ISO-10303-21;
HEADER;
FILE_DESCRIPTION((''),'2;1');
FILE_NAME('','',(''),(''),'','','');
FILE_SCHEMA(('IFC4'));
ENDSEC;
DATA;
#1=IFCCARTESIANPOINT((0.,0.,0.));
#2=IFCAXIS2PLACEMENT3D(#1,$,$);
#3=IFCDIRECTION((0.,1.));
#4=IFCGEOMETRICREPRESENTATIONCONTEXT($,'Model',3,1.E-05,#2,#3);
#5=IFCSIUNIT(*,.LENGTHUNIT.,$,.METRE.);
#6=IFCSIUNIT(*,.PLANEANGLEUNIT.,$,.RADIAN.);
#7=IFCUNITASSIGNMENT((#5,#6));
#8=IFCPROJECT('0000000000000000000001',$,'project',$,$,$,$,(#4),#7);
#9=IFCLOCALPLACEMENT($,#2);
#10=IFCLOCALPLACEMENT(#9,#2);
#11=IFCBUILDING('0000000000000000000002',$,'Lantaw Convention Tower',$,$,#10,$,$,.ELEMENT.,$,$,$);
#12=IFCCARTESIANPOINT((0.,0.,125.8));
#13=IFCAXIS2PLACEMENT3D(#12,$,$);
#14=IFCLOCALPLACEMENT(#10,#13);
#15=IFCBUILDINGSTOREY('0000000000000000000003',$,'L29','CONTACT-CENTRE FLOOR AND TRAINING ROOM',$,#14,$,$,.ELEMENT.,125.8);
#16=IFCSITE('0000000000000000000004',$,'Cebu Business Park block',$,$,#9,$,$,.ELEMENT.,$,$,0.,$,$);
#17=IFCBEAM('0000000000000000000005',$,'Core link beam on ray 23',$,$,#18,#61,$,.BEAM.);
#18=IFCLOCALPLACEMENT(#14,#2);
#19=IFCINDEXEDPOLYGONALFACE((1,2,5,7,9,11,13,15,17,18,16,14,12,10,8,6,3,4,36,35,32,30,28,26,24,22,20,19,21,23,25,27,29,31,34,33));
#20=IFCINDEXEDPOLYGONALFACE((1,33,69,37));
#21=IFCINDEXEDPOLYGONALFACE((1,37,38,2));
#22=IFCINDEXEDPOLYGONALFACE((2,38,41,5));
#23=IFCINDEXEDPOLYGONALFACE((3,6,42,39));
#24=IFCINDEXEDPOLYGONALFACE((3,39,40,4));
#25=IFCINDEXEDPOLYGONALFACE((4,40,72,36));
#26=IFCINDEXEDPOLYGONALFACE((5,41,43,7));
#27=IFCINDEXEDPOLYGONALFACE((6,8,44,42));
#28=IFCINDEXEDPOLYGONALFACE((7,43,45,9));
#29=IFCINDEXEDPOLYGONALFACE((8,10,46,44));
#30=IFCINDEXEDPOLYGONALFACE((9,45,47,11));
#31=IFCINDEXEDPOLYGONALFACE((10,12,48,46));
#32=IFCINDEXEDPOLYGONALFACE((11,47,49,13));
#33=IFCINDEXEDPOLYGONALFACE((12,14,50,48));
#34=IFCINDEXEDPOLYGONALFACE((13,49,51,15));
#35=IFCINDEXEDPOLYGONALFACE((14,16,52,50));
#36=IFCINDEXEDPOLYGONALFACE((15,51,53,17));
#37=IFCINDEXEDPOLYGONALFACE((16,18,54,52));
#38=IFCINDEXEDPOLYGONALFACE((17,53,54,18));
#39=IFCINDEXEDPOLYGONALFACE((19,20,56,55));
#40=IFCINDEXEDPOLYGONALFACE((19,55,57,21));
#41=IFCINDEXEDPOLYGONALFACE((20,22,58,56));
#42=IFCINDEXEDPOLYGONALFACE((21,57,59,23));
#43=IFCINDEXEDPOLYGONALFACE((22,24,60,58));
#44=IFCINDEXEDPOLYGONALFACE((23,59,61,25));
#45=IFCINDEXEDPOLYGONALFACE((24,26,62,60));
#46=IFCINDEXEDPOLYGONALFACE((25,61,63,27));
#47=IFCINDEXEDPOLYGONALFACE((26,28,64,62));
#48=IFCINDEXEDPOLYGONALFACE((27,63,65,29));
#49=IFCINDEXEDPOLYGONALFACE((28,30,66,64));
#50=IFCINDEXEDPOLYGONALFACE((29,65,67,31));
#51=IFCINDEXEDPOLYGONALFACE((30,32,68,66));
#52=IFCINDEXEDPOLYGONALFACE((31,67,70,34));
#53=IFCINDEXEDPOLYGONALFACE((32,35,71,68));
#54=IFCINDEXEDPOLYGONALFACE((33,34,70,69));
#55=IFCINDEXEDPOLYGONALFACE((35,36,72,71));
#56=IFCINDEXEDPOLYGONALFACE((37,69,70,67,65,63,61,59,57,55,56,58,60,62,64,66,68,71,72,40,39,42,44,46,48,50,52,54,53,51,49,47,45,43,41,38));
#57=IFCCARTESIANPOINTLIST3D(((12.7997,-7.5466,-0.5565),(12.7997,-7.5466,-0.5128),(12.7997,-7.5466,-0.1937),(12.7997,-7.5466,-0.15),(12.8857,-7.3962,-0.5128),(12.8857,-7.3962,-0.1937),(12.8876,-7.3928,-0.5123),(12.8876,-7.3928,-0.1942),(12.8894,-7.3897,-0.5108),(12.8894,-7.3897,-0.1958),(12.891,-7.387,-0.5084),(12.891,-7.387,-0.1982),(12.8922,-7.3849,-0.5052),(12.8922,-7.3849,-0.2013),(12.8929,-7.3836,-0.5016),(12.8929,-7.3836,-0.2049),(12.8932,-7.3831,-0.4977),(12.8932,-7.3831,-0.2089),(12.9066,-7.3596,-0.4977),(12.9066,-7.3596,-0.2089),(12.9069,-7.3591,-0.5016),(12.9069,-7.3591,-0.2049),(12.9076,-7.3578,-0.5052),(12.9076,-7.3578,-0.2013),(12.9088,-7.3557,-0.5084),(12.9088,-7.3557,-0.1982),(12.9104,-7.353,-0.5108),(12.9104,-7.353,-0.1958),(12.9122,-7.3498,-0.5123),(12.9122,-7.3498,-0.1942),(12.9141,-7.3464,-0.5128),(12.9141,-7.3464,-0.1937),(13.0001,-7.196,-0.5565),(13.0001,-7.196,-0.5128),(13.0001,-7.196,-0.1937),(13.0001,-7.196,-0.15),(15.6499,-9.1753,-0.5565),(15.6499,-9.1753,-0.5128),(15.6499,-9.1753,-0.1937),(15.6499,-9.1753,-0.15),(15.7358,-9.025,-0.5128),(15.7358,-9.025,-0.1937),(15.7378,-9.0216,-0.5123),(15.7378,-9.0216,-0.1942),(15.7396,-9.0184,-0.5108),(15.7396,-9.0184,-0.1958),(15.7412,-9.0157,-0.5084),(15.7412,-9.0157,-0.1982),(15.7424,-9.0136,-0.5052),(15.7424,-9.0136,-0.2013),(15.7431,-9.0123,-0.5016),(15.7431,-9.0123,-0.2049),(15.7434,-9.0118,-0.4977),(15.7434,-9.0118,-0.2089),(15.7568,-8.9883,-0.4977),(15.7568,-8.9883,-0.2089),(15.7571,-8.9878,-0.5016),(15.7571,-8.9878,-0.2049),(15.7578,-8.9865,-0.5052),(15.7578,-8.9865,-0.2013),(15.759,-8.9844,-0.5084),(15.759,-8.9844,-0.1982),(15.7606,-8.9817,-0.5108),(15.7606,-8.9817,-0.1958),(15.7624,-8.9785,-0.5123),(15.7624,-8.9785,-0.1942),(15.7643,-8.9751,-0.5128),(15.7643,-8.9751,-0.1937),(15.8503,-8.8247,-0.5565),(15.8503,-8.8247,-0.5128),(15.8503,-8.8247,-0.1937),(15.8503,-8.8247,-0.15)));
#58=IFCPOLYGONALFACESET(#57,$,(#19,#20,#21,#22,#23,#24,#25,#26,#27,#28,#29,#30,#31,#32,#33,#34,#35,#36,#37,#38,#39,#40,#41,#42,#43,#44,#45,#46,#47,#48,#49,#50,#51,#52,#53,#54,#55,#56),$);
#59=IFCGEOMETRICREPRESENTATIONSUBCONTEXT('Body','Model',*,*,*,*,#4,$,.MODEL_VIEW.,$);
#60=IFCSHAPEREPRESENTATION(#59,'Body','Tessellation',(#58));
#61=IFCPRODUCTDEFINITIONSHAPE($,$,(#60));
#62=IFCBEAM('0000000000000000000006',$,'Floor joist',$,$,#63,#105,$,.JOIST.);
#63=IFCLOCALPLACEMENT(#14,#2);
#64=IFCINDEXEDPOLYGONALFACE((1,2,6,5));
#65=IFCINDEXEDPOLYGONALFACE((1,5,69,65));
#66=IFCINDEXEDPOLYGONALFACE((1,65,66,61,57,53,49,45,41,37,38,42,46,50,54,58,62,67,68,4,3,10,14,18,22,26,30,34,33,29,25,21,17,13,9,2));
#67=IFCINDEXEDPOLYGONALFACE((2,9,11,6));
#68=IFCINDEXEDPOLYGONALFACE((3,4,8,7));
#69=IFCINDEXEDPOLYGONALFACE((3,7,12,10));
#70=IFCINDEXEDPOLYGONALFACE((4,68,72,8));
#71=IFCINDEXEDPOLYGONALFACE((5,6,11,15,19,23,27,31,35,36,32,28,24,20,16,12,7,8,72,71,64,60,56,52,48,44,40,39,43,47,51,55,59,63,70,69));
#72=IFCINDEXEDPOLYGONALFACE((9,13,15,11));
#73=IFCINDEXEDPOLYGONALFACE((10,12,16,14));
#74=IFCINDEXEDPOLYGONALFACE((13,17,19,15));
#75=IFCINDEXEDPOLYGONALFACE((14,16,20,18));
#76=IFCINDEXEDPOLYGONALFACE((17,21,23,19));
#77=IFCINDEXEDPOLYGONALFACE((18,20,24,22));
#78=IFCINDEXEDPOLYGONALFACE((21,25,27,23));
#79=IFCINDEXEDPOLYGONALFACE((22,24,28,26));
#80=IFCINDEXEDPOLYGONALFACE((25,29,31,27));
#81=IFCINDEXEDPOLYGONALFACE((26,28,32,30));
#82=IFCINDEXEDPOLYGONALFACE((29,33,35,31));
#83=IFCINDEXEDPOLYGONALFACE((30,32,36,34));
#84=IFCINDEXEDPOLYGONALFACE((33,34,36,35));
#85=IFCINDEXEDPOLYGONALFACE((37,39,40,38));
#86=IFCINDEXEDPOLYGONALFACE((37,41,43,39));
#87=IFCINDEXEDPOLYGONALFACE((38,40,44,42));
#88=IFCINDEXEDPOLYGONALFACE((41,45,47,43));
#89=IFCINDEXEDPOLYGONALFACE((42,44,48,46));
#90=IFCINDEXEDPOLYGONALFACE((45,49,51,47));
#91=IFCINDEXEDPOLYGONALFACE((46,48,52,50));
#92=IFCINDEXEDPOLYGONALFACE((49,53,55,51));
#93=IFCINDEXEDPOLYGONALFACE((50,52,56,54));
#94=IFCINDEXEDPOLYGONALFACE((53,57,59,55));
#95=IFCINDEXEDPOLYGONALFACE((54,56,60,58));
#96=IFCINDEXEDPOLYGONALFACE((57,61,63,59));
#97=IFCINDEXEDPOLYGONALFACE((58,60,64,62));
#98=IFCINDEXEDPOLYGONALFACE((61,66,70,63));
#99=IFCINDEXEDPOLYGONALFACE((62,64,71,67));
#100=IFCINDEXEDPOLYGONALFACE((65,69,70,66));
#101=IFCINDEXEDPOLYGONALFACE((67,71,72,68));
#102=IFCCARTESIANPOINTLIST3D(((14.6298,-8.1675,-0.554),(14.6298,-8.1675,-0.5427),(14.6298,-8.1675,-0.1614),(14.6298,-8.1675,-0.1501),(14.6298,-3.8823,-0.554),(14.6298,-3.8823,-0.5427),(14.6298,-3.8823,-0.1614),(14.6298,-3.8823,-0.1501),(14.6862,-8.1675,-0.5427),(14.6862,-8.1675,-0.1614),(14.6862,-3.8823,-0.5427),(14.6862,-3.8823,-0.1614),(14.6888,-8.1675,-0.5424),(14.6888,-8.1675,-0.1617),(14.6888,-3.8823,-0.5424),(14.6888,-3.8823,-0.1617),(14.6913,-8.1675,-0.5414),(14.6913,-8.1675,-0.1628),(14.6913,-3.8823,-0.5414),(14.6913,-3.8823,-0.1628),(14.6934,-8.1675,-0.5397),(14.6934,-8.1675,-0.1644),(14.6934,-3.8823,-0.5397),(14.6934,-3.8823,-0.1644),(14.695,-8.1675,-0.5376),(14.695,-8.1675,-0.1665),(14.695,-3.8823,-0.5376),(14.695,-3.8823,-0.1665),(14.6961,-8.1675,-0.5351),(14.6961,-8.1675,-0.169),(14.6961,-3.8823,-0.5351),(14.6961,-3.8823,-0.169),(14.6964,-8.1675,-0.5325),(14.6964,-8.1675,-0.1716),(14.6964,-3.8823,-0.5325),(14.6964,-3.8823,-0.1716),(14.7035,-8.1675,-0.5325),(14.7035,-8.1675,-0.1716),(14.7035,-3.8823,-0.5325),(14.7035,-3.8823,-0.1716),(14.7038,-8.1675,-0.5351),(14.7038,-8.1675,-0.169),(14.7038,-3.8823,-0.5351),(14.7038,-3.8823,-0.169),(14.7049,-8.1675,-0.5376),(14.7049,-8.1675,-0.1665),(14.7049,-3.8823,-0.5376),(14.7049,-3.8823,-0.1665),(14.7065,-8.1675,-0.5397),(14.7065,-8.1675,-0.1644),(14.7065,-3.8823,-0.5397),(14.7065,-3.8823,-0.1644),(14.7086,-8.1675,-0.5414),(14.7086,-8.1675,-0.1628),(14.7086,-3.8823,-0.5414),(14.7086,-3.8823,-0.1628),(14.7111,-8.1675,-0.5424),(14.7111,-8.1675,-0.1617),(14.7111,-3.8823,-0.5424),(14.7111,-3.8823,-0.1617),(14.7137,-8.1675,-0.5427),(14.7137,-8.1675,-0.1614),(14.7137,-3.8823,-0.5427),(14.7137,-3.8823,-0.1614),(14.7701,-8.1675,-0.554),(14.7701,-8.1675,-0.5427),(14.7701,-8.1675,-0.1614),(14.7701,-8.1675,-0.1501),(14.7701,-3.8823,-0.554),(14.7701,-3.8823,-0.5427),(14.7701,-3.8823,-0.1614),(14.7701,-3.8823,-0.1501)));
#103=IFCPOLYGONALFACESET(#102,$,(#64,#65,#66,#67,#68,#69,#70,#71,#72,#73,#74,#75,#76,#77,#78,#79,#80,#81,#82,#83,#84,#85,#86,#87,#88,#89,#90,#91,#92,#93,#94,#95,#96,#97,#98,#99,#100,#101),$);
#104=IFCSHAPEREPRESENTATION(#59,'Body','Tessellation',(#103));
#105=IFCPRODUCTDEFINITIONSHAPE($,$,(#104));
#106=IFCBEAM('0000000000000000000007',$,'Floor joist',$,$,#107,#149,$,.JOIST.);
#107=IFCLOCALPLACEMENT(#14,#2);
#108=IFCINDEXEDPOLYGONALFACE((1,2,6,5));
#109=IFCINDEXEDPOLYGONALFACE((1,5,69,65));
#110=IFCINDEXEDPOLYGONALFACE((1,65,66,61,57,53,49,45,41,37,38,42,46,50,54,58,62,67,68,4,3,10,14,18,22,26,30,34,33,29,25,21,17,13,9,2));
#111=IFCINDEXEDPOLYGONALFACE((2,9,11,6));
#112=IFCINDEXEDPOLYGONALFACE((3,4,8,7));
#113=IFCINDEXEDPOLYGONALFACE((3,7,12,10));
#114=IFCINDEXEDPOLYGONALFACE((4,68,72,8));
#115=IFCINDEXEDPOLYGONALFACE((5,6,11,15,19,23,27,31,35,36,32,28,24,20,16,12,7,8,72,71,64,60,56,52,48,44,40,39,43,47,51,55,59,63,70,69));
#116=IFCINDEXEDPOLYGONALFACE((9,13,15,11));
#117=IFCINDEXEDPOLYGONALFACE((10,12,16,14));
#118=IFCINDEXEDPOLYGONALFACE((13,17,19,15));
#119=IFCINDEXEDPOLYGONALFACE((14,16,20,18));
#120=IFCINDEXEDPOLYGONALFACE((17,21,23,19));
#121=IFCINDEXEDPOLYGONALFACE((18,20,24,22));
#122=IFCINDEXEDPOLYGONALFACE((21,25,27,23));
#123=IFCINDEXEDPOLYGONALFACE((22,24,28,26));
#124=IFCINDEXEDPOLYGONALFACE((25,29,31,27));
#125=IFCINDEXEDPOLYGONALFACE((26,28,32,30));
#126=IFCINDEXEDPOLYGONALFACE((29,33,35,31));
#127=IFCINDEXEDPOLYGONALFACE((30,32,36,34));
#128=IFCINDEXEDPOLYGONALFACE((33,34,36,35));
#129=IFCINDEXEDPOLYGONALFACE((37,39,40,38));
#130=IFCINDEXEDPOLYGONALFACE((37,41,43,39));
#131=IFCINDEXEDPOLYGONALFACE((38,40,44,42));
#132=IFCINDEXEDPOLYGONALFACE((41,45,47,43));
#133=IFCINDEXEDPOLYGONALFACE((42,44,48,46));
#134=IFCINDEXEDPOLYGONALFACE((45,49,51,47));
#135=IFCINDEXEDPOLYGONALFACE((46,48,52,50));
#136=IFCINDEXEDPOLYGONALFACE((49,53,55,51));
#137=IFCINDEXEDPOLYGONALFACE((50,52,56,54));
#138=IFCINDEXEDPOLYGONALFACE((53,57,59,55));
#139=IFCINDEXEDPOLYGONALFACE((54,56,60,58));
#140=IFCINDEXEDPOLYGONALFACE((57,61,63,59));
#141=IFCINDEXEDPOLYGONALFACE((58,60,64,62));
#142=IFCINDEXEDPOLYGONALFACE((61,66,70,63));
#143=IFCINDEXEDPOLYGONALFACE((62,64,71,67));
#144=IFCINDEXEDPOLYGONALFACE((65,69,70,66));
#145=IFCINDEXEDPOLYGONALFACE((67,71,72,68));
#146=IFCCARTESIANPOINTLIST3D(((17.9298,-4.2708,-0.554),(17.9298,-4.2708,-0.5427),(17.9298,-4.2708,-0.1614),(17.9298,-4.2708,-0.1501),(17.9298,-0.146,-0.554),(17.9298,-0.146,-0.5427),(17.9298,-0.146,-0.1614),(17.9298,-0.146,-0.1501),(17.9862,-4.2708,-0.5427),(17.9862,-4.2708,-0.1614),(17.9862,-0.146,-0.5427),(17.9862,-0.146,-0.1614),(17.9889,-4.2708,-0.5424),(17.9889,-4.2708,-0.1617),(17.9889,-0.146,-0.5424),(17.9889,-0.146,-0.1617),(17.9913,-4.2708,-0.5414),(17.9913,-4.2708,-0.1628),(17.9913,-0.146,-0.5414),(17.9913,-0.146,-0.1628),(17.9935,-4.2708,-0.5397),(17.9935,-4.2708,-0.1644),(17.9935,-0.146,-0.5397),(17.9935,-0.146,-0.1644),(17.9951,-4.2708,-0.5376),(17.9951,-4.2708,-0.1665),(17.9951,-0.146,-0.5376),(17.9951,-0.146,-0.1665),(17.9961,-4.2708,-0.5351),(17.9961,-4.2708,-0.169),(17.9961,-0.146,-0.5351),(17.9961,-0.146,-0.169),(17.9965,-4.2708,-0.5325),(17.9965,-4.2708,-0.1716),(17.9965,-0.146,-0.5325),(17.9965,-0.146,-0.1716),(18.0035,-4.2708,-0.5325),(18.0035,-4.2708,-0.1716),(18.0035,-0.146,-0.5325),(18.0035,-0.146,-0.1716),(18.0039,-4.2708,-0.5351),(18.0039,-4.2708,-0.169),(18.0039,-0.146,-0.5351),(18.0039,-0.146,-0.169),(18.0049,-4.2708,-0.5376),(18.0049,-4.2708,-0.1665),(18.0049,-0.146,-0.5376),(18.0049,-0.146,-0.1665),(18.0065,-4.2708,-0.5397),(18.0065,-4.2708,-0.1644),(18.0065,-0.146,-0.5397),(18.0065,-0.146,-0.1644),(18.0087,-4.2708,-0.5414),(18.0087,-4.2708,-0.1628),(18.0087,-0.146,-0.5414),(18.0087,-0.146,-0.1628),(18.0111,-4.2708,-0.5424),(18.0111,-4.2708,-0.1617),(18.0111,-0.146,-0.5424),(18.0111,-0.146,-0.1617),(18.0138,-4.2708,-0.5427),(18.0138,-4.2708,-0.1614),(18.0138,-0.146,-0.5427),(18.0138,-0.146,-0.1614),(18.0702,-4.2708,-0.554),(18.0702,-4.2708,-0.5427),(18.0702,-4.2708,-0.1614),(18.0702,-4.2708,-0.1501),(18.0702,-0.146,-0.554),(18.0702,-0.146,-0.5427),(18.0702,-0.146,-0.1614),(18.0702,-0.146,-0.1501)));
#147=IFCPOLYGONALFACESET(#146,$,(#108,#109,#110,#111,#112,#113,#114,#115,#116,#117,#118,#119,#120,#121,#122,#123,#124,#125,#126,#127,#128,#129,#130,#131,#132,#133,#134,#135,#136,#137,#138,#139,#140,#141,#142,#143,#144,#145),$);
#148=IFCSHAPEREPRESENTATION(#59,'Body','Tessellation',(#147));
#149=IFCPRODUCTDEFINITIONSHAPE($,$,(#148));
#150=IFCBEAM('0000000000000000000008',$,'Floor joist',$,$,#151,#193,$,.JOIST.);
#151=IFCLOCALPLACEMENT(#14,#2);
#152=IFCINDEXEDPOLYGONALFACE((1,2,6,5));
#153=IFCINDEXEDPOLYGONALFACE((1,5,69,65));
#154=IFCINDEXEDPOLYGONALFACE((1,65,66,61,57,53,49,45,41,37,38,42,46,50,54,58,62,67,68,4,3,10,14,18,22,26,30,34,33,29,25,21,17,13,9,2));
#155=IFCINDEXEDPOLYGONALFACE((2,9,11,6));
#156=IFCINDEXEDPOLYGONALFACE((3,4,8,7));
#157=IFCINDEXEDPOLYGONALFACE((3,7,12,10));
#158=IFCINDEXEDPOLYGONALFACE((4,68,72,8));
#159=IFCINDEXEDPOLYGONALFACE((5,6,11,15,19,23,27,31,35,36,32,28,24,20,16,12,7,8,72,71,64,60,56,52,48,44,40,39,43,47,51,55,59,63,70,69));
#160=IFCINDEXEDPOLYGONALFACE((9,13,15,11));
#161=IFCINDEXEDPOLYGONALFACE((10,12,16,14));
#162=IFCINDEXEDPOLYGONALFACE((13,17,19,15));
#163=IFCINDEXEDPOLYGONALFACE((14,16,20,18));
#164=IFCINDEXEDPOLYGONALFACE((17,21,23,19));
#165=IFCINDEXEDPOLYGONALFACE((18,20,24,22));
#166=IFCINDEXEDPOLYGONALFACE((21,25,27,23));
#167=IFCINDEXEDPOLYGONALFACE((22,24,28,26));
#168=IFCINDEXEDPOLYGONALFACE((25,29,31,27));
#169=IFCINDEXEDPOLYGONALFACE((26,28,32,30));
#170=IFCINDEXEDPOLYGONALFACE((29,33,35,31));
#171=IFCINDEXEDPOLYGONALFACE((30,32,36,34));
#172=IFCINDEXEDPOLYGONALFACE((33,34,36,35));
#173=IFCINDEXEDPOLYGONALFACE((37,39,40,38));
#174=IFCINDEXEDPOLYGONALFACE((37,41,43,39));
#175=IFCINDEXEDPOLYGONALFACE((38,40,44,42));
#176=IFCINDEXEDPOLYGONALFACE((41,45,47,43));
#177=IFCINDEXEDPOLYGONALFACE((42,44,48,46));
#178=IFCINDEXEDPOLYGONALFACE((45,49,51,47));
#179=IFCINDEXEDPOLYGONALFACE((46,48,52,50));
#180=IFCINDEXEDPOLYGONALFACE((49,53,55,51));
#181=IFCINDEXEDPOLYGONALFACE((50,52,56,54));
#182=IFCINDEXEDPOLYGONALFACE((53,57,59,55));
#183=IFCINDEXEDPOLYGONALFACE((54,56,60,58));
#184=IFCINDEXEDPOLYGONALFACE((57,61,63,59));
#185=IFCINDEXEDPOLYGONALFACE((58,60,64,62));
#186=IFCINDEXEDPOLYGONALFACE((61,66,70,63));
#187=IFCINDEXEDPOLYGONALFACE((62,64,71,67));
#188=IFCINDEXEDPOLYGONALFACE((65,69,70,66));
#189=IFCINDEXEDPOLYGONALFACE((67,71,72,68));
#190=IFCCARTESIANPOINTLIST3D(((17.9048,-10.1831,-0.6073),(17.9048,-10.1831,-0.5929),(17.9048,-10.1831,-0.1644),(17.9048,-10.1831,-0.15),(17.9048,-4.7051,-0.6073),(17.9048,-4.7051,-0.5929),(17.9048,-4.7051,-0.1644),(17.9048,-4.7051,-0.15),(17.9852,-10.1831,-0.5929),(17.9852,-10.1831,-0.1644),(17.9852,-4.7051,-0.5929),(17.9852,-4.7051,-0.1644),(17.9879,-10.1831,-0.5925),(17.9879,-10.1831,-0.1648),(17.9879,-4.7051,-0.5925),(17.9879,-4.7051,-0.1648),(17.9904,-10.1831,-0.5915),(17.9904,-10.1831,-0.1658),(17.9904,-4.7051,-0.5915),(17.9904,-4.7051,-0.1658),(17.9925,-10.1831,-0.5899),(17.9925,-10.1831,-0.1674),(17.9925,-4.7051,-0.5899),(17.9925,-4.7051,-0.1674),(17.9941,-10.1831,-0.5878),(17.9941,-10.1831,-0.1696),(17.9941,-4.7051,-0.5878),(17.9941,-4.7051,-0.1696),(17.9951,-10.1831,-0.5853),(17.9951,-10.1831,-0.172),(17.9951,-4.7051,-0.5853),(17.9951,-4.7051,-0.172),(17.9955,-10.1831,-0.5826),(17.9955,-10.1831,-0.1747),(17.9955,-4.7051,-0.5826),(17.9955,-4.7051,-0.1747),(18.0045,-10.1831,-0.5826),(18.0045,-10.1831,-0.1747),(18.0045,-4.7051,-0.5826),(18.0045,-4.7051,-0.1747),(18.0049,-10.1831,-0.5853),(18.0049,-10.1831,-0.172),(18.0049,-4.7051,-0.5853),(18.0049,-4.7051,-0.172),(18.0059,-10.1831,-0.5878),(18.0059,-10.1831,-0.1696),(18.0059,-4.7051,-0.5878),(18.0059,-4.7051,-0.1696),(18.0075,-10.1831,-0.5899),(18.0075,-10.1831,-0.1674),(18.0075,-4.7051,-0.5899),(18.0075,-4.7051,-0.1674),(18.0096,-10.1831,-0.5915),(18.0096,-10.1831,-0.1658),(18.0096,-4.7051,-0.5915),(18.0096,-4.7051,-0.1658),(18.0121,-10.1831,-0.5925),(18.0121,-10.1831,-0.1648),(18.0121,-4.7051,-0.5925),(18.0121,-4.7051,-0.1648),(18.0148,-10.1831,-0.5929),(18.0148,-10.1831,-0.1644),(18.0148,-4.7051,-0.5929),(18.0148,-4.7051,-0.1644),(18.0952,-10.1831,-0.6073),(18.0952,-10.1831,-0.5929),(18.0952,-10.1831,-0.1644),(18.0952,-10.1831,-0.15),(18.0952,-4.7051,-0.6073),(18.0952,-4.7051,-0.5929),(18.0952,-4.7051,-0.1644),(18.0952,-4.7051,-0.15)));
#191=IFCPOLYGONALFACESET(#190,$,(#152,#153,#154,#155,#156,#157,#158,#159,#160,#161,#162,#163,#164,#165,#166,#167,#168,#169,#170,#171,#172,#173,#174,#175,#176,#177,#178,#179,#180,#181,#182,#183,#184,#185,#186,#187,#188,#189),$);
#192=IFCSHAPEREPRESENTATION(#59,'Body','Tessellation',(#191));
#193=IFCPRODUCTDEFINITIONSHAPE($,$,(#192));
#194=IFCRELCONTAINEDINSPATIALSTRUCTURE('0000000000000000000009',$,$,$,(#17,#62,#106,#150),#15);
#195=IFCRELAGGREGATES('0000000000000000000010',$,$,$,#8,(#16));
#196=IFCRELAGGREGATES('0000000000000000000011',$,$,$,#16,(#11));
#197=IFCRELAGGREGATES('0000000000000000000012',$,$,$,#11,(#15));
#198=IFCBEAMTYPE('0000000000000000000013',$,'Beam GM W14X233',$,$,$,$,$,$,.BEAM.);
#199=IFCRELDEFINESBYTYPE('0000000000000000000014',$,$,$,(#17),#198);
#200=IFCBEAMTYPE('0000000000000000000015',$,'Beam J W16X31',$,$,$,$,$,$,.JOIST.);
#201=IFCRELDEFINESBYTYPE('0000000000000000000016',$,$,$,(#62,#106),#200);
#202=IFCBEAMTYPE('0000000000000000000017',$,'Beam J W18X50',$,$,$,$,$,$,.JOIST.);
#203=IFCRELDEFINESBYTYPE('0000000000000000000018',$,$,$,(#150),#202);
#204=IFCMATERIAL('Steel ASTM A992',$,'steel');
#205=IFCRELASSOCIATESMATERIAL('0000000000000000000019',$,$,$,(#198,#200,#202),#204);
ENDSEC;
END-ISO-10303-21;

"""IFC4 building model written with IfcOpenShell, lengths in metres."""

from ifc_helpers import new_model, si_unit, direction, frame, origin, origin_2d, place, context, subcontext, project, spatial, i_section, extrude, material, material_profile, profile_set, type_object, element, save


model = new_model("IFC4")

# Units and contexts
model_context = context("Model", 3, precision=1e-05, world=origin(), true_north=direction((0.0, 1.0)))
body_context = subcontext(model_context, "Body", "Model", "MODEL_VIEW")
ifc_project = project(units=[si_unit("LENGTHUNIT", "METRE"), si_unit("PLANEANGLEUNIT", "RADIAN")], contexts=[model_context])

# Site, building, storey
site_placement = place(None, origin())
site = spatial("IfcSite", under=ifc_project, at=site_placement, Name="Cebu Business Park block", CompositionType="ELEMENT", RefElevation=0.0)
building_placement = place(site_placement, origin())
building = spatial("IfcBuilding", under=site, at=building_placement, Name="Lantaw Convention Tower", CompositionType="ELEMENT")
storey_placement = place(building_placement, frame((0.0, 0.0, 125.8)))
storey = spatial("IfcBuildingStorey", under=building, at=storey_placement, Name="L29", Description="CONTACT-CENTRE FLOOR AND TRAINING ROOM", CompositionType="ELEMENT", Elevation=125.8)

# Beams
ifc_material_1 = material(Name="Steel ASTM A992", Category="steel")
ifc_material_profile_1 = material_profile(ifc_material_1, i_section(OverallWidth=0.4038, OverallDepth=0.4065, WebThickness=0.0271, FlangeThickness=0.0437, FilletRadius=0.0151, at=origin_2d()), Name="W14X233")
ifc_profile_set_1 = profile_set([ifc_material_profile_1], Name="Steel ASTM A992")
beam_type_1 = type_object("IfcBeamType", Name="Beam GM W14X233", PredefinedType="BEAM", material=ifc_profile_set_1)
beam_1_placement = place(storey_placement, frame((12.8999, -7.3713, -0.3533), z_axis=(0.868239, -0.496147, 0.0), x_axis=(0.496147, 0.868239, 0.0)))
element("IfcBeam", 1, at=beam_1_placement, inside=storey, type_object=beam_type_1, Name="Core link beam on ray 23", PredefinedType="BEAM", context=body_context, shape_type="SweptSolid", body=[
    extrude(i_section(OverallWidth=0.4038, OverallDepth=0.4065, WebThickness=0.0271, FlangeThickness=0.0437, FilletRadius=0.0151, at=origin_2d()), origin(), (0.0, 0.0, 1.0), 3.2827),
])
ifc_material_profile_2 = material_profile(ifc_material_1, i_section(OverallWidth=0.1404, OverallDepth=0.4038, WebThickness=0.0071, FlangeThickness=0.0112, FilletRadius=0.0103, at=origin_2d()), Name="W16X31")
ifc_profile_set_2 = profile_set([ifc_material_profile_2], Name="Steel ASTM A992")
beam_type_2 = type_object("IfcBeamType", Name="Beam J W16X31", PredefinedType="JOIST", material=ifc_profile_set_2)
beam_2_placement = place(storey_placement, frame((14.7, -8.1675, -0.3521), z_axis=(0.0, 1.0, 0.0), x_axis=(-1.0, 0.0, 0.0)))
element("IfcBeam", 2, at=beam_2_placement, inside=storey, type_object=beam_type_2, Name="Floor joist", PredefinedType="JOIST", context=body_context, shape_type="SweptSolid", body=[
    extrude(i_section(OverallWidth=0.1404, OverallDepth=0.4038, WebThickness=0.0071, FlangeThickness=0.0112, FilletRadius=0.0103, at=origin_2d()), origin(), (0.0, 0.0, 1.0), 4.2852),
])
beam_3_placement = place(storey_placement, frame((18.0, -4.2708, -0.3521), z_axis=(0.0, 1.0, 0.0), x_axis=(-1.0, 0.0, 0.0)))
element("IfcBeam", 3, at=beam_3_placement, inside=storey, type_object=beam_type_2, Name="Floor joist", PredefinedType="JOIST", context=body_context, shape_type="SweptSolid", body=[
    extrude(i_section(OverallWidth=0.1404, OverallDepth=0.4038, WebThickness=0.0071, FlangeThickness=0.0112, FilletRadius=0.0103, at=origin_2d()), origin(), (0.0, 0.0, 1.0), 4.1248),
])
ifc_material_profile_3 = material_profile(ifc_material_1, i_section(OverallWidth=0.1904, OverallDepth=0.4573, WebThickness=0.009, FlangeThickness=0.0144, FilletRadius=0.0103, at=origin_2d()), Name="W18X50")
ifc_profile_set_3 = profile_set([ifc_material_profile_3], Name="Steel ASTM A992")
beam_type_3 = type_object("IfcBeamType", Name="Beam J W18X50", PredefinedType="JOIST", material=ifc_profile_set_3)
beam_4_placement = place(storey_placement, frame((18.0, -10.1831, -0.3787), z_axis=(0.0, 1.0, 0.0), x_axis=(-1.0, 0.0, 0.0)))
element("IfcBeam", 4, at=beam_4_placement, inside=storey, type_object=beam_type_3, Name="Floor joist", PredefinedType="JOIST", context=body_context, shape_type="SweptSolid", body=[
    extrude(i_section(OverallWidth=0.1904, OverallDepth=0.4573, WebThickness=0.009, FlangeThickness=0.0144, FilletRadius=0.0103, at=origin_2d()), origin(), (0.0, 0.0, 1.0), 5.478),
])

save(model, "model.ifc")
